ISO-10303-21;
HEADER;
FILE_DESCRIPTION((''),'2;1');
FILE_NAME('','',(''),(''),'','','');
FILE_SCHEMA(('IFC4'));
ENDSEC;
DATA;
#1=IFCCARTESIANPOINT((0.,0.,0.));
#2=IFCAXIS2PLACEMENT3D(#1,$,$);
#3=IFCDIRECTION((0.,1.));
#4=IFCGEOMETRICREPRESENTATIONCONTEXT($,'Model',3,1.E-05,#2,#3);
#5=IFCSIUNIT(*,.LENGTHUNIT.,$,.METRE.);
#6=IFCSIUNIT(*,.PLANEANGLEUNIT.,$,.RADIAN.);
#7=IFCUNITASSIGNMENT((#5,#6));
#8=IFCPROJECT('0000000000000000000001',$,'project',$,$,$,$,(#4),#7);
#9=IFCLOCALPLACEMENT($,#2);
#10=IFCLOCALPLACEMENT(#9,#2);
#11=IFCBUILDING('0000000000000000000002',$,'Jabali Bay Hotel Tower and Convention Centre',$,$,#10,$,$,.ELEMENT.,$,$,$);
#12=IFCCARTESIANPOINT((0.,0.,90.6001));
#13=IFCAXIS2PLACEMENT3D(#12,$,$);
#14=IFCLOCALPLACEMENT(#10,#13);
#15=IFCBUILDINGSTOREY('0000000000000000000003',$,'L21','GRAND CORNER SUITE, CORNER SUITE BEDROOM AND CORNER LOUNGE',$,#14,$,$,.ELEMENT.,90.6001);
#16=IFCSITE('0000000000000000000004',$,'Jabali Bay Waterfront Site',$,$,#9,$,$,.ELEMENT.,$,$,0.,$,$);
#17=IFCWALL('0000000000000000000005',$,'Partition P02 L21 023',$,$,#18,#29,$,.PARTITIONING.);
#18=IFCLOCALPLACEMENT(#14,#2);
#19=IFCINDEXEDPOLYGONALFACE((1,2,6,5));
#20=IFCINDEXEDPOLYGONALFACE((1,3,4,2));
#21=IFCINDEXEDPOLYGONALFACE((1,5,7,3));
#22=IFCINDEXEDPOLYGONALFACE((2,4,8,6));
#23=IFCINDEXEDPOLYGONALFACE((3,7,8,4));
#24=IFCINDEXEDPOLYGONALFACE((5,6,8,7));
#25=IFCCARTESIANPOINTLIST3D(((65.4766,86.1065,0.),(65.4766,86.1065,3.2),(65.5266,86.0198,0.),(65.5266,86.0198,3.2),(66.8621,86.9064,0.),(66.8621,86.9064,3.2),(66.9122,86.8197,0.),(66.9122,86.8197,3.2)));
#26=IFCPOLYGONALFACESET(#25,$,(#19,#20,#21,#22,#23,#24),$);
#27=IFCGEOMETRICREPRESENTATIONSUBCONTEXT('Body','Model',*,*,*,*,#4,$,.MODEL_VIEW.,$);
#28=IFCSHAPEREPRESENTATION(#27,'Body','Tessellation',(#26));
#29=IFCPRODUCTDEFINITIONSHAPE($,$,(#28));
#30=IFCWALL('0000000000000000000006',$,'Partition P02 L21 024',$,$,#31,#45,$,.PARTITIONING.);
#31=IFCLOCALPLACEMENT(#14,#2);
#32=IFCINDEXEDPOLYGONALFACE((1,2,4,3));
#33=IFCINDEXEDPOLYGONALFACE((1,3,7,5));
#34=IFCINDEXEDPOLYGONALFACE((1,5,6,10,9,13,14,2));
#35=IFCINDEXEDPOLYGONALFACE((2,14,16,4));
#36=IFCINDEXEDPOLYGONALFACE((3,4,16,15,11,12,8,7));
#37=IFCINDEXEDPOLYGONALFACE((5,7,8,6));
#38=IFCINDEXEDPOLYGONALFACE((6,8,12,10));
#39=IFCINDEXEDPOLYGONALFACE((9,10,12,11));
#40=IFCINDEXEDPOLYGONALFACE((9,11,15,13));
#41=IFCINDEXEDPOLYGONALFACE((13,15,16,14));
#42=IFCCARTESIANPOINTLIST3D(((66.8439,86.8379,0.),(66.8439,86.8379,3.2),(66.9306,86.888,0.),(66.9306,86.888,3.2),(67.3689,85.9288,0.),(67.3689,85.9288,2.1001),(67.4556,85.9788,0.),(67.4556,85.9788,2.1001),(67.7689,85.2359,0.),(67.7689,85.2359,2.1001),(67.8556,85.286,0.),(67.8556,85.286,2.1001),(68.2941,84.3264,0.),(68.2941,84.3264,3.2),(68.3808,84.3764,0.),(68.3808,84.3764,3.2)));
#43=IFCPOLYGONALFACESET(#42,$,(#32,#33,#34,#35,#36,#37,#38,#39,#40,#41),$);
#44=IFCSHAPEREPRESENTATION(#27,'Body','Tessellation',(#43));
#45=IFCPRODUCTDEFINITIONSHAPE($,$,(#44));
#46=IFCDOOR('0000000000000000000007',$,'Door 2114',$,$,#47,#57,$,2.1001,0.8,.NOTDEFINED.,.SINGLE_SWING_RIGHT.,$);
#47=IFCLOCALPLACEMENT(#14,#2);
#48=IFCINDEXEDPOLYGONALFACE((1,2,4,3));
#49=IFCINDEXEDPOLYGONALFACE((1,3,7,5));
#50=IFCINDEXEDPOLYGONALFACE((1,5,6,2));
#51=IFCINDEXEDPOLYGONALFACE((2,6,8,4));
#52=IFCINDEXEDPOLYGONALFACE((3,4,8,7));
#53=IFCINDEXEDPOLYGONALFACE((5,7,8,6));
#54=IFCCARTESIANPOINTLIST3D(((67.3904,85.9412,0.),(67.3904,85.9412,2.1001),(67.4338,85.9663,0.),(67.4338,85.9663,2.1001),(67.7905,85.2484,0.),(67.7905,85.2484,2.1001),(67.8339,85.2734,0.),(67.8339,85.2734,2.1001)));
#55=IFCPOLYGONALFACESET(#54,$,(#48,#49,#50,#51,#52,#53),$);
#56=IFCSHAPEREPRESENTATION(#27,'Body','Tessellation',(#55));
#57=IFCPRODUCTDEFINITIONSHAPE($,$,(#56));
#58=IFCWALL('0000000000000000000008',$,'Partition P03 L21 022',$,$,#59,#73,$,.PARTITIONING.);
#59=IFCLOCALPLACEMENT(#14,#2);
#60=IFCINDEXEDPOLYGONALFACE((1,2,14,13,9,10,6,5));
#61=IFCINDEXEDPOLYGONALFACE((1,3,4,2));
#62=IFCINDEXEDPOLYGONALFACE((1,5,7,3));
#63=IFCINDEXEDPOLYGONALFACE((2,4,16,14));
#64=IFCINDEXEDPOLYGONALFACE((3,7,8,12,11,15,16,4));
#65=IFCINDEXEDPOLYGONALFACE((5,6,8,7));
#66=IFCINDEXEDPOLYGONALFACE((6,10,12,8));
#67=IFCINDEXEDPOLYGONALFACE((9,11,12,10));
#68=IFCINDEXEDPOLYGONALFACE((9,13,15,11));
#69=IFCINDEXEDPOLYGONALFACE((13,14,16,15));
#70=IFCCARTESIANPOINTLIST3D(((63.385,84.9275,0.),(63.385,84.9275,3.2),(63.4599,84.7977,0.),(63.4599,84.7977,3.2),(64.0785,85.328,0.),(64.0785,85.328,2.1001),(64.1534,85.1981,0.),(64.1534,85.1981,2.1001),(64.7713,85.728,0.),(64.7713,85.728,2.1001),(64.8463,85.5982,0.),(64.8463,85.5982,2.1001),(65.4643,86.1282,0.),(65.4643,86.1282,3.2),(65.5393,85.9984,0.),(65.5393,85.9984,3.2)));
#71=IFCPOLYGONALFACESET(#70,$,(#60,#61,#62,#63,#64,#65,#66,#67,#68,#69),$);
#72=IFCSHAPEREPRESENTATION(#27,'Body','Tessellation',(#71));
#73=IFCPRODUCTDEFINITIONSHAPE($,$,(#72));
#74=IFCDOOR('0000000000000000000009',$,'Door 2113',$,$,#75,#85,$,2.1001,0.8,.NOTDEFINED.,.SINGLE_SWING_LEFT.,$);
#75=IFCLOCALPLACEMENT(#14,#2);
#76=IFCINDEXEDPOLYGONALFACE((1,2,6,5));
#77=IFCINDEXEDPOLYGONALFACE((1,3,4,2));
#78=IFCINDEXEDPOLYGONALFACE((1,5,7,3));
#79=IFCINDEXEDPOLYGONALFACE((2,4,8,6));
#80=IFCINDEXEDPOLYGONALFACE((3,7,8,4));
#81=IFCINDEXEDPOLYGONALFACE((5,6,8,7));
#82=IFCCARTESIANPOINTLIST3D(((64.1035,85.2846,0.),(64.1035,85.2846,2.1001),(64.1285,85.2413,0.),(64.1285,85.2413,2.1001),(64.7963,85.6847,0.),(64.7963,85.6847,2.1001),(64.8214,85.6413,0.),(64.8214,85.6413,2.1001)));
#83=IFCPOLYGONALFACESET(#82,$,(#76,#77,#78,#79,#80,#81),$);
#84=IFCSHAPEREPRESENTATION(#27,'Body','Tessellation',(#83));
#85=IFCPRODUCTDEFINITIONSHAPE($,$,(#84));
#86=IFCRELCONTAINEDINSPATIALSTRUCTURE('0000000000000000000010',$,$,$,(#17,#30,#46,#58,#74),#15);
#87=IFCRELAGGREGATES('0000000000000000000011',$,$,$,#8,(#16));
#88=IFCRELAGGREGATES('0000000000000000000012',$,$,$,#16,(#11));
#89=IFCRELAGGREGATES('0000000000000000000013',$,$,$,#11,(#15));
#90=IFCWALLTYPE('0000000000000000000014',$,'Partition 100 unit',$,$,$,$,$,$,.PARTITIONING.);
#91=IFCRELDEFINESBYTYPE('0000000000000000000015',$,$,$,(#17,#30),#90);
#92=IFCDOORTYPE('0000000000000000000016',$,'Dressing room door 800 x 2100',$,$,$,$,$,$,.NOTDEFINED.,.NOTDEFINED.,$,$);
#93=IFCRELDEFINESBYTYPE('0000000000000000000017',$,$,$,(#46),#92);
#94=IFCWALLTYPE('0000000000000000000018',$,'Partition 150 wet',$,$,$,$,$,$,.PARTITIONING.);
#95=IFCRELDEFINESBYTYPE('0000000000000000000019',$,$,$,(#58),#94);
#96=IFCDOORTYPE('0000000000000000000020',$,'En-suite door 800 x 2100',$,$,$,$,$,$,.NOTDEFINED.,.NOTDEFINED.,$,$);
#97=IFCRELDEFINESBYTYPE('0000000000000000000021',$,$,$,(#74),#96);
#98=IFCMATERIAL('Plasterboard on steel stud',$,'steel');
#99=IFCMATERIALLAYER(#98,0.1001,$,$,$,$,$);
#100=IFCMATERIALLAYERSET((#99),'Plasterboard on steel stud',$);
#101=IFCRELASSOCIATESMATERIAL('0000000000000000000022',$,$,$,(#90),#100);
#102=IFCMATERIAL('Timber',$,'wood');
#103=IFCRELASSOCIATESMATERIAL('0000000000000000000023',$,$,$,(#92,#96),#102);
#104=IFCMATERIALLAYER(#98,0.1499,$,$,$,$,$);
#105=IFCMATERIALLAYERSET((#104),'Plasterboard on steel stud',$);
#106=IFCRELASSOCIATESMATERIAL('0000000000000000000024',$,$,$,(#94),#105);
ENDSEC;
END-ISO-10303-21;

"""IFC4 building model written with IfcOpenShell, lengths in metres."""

from ifc_helpers import new_model, si_unit, direction, frame, frame_2d, origin, place, context, subcontext, project, spatial, rectangle, extrude, material, layer, layer_set, type_object, element, fill, save


model = new_model("IFC4")

# Units and contexts
model_context = context("Model", 3, precision=1e-05, world=origin(), true_north=direction((0.0, 1.0)))
body_context = subcontext(model_context, "Body", "Model", "MODEL_VIEW")
ifc_project = project(units=[si_unit("LENGTHUNIT", "METRE"), si_unit("PLANEANGLEUNIT", "RADIAN")], contexts=[model_context])

# Site, building, storey
site_placement = place(None, origin())
site = spatial("IfcSite", under=ifc_project, at=site_placement, Name="Jabali Bay Waterfront Site", CompositionType="ELEMENT", RefElevation=0.0)
building_placement = place(site_placement, origin())
building = spatial("IfcBuilding", under=site, at=building_placement, Name="Jabali Bay Hotel Tower and Convention Centre", CompositionType="ELEMENT")
storey_placement = place(building_placement, frame((0.0, 0.0, 90.6001)))
storey = spatial("IfcBuildingStorey", under=building, at=storey_placement, Name="L21", Description="GRAND CORNER SUITE, CORNER SUITE BEDROOM AND CORNER LOUNGE", CompositionType="ELEMENT", Elevation=90.6001)

# Wall
ifc_material_1 = material(Name="Plasterboard on steel stud", Category="steel")
ifc_layer_1 = layer(ifc_material_1, 0.1001)
ifc_layer_set_1 = layer_set([ifc_layer_1], Name="Plasterboard on steel stud")
wall_type_1 = type_object("IfcWallType", Name="Partition 100 unit", PredefinedType="PARTITIONING", material=ifc_layer_set_1)
wall_1_placement = place(storey_placement, frame((65.5017, 86.0632, 0.0), z_axis=(0.0, 0.0, 1.0), x_axis=(0.866056, 0.499947, 0.0)))
element("IfcWall", 1, at=wall_1_placement, inside=storey, type_object=wall_type_1, Name="Partition P02 L21 023", PredefinedType="PARTITIONING", context=body_context, shape_type="SweptSolid", body=[
    extrude(rectangle(XDim=1.5999, YDim=0.1001, at=frame_2d((0.7998, 0.0))), origin(), (0.0, 0.0, 1.0), 3.2),
])

# Walls, openings, doors
wall_2_placement = place(storey_placement, frame((66.8872, 86.863, 0.0), z_axis=(0.0, 0.0, 1.0), x_axis=(0.50005, -0.865996, 0.0)))
wall_2 = element("IfcWall", 2, at=wall_2_placement, inside=storey, type_object=wall_type_1, Name="Partition P02 L21 024", PredefinedType="PARTITIONING", context=body_context, shape_type="SweptSolid", body=[
    extrude(rectangle(XDim=2.9001, YDim=0.1001, at=frame_2d((1.4502, 0.0))), origin(), (0.0, 0.0, 1.0), 3.2),
])
opening_1_placement = place(wall_2_placement, frame((1.05, 0.0, 0.0)))
opening_1 = element("IfcOpeningElement", 3, at=opening_1_placement, cuts=wall_2, PredefinedType="OPENING", context=body_context, shape_type="SweptSolid", body=[
    extrude(rectangle(XDim=0.8, YDim=2.1001, at=frame_2d((0.3999, 1.05))), frame((0.0, 0.0605, 0.0), z_axis=(0.0, -1.0, 0.0), x_axis=(1.0, 0.0, 0.0)), (0.0, 0.0, 1.0), 0.1211),
])
ifc_material_2 = material(Name="Timber", Category="wood")
door_type_1 = type_object("IfcDoorType", Name="Dressing room door 800 x 2100", OperationType="NOTDEFINED", PredefinedType="NOTDEFINED", material=ifc_material_2)
door_1_placement = place(opening_1_placement, origin())
door_1 = element("IfcDoor", 4, at=door_1_placement, inside=storey, type_object=door_type_1, Name="Door 2114", OperationType="SINGLE_SWING_RIGHT", OverallHeight=2.1001, OverallWidth=0.8, PredefinedType="NOTDEFINED", context=body_context, shape_type="SweptSolid", body=[
    extrude(rectangle(XDim=0.8, YDim=2.1001, at=frame_2d((0.3999, 1.05))), frame((0.0, 0.0249, 0.0), z_axis=(0.0, -1.0, 0.0), x_axis=(1.0, 0.0, 0.0)), (0.0, 0.0, 1.0), 0.05),
])
fill(opening_1, door_1)
ifc_layer_2 = layer(ifc_material_1, 0.1499)
ifc_layer_set_2 = layer_set([ifc_layer_2], Name="Plasterboard on steel stud")
wall_type_2 = type_object("IfcWallType", Name="Partition 150 wet", PredefinedType="PARTITIONING", material=ifc_layer_set_2)
wall_3_placement = place(storey_placement, frame((63.4224, 84.8625, 0.0), z_axis=(0.0, 0.0, 1.0), x_axis=(0.865994, 0.500054, 0.0)))
wall_3 = element("IfcWall", 5, at=wall_3_placement, inside=storey, type_object=wall_type_2, Name="Partition P03 L21 022", PredefinedType="PARTITIONING", context=body_context, shape_type="SweptSolid", body=[
    extrude(rectangle(XDim=2.4011, YDim=0.1499, at=frame_2d((1.2007, 0.0))), origin(), (0.0, 0.0, 1.0), 3.2),
])
opening_2_placement = place(wall_3_placement, frame((0.801, 0.0, 0.0)))
opening_2 = element("IfcOpeningElement", 6, at=opening_2_placement, cuts=wall_3, PredefinedType="OPENING", context=body_context, shape_type="SweptSolid", body=[
    extrude(rectangle(XDim=0.8, YDim=2.1001, at=frame_2d((0.3999, 1.05))), frame((0.0, 0.0854, 0.0), z_axis=(0.0, -1.0, 0.0), x_axis=(1.0, 0.0, 0.0)), (0.0, 0.0, 1.0), 0.1709),
])
door_type_2 = type_object("IfcDoorType", Name="En-suite door 800 x 2100", OperationType="NOTDEFINED", PredefinedType="NOTDEFINED", material=ifc_material_2)
door_2_placement = place(opening_2_placement, origin())
door_2 = element("IfcDoor", 7, at=door_2_placement, inside=storey, type_object=door_type_2, Name="Door 2113", OperationType="SINGLE_SWING_LEFT", OverallHeight=2.1001, OverallWidth=0.8, PredefinedType="NOTDEFINED", context=body_context, shape_type="SweptSolid", body=[
    extrude(rectangle(XDim=0.8, YDim=2.1001, at=frame_2d((0.3999, 1.05))), frame((0.0, 0.0249, 0.0), z_axis=(0.0, -1.0, 0.0), x_axis=(1.0, 0.0, 0.0)), (0.0, 0.0, 1.0), 0.05),
])
fill(opening_2, door_2)

save(model, "model.ifc")
